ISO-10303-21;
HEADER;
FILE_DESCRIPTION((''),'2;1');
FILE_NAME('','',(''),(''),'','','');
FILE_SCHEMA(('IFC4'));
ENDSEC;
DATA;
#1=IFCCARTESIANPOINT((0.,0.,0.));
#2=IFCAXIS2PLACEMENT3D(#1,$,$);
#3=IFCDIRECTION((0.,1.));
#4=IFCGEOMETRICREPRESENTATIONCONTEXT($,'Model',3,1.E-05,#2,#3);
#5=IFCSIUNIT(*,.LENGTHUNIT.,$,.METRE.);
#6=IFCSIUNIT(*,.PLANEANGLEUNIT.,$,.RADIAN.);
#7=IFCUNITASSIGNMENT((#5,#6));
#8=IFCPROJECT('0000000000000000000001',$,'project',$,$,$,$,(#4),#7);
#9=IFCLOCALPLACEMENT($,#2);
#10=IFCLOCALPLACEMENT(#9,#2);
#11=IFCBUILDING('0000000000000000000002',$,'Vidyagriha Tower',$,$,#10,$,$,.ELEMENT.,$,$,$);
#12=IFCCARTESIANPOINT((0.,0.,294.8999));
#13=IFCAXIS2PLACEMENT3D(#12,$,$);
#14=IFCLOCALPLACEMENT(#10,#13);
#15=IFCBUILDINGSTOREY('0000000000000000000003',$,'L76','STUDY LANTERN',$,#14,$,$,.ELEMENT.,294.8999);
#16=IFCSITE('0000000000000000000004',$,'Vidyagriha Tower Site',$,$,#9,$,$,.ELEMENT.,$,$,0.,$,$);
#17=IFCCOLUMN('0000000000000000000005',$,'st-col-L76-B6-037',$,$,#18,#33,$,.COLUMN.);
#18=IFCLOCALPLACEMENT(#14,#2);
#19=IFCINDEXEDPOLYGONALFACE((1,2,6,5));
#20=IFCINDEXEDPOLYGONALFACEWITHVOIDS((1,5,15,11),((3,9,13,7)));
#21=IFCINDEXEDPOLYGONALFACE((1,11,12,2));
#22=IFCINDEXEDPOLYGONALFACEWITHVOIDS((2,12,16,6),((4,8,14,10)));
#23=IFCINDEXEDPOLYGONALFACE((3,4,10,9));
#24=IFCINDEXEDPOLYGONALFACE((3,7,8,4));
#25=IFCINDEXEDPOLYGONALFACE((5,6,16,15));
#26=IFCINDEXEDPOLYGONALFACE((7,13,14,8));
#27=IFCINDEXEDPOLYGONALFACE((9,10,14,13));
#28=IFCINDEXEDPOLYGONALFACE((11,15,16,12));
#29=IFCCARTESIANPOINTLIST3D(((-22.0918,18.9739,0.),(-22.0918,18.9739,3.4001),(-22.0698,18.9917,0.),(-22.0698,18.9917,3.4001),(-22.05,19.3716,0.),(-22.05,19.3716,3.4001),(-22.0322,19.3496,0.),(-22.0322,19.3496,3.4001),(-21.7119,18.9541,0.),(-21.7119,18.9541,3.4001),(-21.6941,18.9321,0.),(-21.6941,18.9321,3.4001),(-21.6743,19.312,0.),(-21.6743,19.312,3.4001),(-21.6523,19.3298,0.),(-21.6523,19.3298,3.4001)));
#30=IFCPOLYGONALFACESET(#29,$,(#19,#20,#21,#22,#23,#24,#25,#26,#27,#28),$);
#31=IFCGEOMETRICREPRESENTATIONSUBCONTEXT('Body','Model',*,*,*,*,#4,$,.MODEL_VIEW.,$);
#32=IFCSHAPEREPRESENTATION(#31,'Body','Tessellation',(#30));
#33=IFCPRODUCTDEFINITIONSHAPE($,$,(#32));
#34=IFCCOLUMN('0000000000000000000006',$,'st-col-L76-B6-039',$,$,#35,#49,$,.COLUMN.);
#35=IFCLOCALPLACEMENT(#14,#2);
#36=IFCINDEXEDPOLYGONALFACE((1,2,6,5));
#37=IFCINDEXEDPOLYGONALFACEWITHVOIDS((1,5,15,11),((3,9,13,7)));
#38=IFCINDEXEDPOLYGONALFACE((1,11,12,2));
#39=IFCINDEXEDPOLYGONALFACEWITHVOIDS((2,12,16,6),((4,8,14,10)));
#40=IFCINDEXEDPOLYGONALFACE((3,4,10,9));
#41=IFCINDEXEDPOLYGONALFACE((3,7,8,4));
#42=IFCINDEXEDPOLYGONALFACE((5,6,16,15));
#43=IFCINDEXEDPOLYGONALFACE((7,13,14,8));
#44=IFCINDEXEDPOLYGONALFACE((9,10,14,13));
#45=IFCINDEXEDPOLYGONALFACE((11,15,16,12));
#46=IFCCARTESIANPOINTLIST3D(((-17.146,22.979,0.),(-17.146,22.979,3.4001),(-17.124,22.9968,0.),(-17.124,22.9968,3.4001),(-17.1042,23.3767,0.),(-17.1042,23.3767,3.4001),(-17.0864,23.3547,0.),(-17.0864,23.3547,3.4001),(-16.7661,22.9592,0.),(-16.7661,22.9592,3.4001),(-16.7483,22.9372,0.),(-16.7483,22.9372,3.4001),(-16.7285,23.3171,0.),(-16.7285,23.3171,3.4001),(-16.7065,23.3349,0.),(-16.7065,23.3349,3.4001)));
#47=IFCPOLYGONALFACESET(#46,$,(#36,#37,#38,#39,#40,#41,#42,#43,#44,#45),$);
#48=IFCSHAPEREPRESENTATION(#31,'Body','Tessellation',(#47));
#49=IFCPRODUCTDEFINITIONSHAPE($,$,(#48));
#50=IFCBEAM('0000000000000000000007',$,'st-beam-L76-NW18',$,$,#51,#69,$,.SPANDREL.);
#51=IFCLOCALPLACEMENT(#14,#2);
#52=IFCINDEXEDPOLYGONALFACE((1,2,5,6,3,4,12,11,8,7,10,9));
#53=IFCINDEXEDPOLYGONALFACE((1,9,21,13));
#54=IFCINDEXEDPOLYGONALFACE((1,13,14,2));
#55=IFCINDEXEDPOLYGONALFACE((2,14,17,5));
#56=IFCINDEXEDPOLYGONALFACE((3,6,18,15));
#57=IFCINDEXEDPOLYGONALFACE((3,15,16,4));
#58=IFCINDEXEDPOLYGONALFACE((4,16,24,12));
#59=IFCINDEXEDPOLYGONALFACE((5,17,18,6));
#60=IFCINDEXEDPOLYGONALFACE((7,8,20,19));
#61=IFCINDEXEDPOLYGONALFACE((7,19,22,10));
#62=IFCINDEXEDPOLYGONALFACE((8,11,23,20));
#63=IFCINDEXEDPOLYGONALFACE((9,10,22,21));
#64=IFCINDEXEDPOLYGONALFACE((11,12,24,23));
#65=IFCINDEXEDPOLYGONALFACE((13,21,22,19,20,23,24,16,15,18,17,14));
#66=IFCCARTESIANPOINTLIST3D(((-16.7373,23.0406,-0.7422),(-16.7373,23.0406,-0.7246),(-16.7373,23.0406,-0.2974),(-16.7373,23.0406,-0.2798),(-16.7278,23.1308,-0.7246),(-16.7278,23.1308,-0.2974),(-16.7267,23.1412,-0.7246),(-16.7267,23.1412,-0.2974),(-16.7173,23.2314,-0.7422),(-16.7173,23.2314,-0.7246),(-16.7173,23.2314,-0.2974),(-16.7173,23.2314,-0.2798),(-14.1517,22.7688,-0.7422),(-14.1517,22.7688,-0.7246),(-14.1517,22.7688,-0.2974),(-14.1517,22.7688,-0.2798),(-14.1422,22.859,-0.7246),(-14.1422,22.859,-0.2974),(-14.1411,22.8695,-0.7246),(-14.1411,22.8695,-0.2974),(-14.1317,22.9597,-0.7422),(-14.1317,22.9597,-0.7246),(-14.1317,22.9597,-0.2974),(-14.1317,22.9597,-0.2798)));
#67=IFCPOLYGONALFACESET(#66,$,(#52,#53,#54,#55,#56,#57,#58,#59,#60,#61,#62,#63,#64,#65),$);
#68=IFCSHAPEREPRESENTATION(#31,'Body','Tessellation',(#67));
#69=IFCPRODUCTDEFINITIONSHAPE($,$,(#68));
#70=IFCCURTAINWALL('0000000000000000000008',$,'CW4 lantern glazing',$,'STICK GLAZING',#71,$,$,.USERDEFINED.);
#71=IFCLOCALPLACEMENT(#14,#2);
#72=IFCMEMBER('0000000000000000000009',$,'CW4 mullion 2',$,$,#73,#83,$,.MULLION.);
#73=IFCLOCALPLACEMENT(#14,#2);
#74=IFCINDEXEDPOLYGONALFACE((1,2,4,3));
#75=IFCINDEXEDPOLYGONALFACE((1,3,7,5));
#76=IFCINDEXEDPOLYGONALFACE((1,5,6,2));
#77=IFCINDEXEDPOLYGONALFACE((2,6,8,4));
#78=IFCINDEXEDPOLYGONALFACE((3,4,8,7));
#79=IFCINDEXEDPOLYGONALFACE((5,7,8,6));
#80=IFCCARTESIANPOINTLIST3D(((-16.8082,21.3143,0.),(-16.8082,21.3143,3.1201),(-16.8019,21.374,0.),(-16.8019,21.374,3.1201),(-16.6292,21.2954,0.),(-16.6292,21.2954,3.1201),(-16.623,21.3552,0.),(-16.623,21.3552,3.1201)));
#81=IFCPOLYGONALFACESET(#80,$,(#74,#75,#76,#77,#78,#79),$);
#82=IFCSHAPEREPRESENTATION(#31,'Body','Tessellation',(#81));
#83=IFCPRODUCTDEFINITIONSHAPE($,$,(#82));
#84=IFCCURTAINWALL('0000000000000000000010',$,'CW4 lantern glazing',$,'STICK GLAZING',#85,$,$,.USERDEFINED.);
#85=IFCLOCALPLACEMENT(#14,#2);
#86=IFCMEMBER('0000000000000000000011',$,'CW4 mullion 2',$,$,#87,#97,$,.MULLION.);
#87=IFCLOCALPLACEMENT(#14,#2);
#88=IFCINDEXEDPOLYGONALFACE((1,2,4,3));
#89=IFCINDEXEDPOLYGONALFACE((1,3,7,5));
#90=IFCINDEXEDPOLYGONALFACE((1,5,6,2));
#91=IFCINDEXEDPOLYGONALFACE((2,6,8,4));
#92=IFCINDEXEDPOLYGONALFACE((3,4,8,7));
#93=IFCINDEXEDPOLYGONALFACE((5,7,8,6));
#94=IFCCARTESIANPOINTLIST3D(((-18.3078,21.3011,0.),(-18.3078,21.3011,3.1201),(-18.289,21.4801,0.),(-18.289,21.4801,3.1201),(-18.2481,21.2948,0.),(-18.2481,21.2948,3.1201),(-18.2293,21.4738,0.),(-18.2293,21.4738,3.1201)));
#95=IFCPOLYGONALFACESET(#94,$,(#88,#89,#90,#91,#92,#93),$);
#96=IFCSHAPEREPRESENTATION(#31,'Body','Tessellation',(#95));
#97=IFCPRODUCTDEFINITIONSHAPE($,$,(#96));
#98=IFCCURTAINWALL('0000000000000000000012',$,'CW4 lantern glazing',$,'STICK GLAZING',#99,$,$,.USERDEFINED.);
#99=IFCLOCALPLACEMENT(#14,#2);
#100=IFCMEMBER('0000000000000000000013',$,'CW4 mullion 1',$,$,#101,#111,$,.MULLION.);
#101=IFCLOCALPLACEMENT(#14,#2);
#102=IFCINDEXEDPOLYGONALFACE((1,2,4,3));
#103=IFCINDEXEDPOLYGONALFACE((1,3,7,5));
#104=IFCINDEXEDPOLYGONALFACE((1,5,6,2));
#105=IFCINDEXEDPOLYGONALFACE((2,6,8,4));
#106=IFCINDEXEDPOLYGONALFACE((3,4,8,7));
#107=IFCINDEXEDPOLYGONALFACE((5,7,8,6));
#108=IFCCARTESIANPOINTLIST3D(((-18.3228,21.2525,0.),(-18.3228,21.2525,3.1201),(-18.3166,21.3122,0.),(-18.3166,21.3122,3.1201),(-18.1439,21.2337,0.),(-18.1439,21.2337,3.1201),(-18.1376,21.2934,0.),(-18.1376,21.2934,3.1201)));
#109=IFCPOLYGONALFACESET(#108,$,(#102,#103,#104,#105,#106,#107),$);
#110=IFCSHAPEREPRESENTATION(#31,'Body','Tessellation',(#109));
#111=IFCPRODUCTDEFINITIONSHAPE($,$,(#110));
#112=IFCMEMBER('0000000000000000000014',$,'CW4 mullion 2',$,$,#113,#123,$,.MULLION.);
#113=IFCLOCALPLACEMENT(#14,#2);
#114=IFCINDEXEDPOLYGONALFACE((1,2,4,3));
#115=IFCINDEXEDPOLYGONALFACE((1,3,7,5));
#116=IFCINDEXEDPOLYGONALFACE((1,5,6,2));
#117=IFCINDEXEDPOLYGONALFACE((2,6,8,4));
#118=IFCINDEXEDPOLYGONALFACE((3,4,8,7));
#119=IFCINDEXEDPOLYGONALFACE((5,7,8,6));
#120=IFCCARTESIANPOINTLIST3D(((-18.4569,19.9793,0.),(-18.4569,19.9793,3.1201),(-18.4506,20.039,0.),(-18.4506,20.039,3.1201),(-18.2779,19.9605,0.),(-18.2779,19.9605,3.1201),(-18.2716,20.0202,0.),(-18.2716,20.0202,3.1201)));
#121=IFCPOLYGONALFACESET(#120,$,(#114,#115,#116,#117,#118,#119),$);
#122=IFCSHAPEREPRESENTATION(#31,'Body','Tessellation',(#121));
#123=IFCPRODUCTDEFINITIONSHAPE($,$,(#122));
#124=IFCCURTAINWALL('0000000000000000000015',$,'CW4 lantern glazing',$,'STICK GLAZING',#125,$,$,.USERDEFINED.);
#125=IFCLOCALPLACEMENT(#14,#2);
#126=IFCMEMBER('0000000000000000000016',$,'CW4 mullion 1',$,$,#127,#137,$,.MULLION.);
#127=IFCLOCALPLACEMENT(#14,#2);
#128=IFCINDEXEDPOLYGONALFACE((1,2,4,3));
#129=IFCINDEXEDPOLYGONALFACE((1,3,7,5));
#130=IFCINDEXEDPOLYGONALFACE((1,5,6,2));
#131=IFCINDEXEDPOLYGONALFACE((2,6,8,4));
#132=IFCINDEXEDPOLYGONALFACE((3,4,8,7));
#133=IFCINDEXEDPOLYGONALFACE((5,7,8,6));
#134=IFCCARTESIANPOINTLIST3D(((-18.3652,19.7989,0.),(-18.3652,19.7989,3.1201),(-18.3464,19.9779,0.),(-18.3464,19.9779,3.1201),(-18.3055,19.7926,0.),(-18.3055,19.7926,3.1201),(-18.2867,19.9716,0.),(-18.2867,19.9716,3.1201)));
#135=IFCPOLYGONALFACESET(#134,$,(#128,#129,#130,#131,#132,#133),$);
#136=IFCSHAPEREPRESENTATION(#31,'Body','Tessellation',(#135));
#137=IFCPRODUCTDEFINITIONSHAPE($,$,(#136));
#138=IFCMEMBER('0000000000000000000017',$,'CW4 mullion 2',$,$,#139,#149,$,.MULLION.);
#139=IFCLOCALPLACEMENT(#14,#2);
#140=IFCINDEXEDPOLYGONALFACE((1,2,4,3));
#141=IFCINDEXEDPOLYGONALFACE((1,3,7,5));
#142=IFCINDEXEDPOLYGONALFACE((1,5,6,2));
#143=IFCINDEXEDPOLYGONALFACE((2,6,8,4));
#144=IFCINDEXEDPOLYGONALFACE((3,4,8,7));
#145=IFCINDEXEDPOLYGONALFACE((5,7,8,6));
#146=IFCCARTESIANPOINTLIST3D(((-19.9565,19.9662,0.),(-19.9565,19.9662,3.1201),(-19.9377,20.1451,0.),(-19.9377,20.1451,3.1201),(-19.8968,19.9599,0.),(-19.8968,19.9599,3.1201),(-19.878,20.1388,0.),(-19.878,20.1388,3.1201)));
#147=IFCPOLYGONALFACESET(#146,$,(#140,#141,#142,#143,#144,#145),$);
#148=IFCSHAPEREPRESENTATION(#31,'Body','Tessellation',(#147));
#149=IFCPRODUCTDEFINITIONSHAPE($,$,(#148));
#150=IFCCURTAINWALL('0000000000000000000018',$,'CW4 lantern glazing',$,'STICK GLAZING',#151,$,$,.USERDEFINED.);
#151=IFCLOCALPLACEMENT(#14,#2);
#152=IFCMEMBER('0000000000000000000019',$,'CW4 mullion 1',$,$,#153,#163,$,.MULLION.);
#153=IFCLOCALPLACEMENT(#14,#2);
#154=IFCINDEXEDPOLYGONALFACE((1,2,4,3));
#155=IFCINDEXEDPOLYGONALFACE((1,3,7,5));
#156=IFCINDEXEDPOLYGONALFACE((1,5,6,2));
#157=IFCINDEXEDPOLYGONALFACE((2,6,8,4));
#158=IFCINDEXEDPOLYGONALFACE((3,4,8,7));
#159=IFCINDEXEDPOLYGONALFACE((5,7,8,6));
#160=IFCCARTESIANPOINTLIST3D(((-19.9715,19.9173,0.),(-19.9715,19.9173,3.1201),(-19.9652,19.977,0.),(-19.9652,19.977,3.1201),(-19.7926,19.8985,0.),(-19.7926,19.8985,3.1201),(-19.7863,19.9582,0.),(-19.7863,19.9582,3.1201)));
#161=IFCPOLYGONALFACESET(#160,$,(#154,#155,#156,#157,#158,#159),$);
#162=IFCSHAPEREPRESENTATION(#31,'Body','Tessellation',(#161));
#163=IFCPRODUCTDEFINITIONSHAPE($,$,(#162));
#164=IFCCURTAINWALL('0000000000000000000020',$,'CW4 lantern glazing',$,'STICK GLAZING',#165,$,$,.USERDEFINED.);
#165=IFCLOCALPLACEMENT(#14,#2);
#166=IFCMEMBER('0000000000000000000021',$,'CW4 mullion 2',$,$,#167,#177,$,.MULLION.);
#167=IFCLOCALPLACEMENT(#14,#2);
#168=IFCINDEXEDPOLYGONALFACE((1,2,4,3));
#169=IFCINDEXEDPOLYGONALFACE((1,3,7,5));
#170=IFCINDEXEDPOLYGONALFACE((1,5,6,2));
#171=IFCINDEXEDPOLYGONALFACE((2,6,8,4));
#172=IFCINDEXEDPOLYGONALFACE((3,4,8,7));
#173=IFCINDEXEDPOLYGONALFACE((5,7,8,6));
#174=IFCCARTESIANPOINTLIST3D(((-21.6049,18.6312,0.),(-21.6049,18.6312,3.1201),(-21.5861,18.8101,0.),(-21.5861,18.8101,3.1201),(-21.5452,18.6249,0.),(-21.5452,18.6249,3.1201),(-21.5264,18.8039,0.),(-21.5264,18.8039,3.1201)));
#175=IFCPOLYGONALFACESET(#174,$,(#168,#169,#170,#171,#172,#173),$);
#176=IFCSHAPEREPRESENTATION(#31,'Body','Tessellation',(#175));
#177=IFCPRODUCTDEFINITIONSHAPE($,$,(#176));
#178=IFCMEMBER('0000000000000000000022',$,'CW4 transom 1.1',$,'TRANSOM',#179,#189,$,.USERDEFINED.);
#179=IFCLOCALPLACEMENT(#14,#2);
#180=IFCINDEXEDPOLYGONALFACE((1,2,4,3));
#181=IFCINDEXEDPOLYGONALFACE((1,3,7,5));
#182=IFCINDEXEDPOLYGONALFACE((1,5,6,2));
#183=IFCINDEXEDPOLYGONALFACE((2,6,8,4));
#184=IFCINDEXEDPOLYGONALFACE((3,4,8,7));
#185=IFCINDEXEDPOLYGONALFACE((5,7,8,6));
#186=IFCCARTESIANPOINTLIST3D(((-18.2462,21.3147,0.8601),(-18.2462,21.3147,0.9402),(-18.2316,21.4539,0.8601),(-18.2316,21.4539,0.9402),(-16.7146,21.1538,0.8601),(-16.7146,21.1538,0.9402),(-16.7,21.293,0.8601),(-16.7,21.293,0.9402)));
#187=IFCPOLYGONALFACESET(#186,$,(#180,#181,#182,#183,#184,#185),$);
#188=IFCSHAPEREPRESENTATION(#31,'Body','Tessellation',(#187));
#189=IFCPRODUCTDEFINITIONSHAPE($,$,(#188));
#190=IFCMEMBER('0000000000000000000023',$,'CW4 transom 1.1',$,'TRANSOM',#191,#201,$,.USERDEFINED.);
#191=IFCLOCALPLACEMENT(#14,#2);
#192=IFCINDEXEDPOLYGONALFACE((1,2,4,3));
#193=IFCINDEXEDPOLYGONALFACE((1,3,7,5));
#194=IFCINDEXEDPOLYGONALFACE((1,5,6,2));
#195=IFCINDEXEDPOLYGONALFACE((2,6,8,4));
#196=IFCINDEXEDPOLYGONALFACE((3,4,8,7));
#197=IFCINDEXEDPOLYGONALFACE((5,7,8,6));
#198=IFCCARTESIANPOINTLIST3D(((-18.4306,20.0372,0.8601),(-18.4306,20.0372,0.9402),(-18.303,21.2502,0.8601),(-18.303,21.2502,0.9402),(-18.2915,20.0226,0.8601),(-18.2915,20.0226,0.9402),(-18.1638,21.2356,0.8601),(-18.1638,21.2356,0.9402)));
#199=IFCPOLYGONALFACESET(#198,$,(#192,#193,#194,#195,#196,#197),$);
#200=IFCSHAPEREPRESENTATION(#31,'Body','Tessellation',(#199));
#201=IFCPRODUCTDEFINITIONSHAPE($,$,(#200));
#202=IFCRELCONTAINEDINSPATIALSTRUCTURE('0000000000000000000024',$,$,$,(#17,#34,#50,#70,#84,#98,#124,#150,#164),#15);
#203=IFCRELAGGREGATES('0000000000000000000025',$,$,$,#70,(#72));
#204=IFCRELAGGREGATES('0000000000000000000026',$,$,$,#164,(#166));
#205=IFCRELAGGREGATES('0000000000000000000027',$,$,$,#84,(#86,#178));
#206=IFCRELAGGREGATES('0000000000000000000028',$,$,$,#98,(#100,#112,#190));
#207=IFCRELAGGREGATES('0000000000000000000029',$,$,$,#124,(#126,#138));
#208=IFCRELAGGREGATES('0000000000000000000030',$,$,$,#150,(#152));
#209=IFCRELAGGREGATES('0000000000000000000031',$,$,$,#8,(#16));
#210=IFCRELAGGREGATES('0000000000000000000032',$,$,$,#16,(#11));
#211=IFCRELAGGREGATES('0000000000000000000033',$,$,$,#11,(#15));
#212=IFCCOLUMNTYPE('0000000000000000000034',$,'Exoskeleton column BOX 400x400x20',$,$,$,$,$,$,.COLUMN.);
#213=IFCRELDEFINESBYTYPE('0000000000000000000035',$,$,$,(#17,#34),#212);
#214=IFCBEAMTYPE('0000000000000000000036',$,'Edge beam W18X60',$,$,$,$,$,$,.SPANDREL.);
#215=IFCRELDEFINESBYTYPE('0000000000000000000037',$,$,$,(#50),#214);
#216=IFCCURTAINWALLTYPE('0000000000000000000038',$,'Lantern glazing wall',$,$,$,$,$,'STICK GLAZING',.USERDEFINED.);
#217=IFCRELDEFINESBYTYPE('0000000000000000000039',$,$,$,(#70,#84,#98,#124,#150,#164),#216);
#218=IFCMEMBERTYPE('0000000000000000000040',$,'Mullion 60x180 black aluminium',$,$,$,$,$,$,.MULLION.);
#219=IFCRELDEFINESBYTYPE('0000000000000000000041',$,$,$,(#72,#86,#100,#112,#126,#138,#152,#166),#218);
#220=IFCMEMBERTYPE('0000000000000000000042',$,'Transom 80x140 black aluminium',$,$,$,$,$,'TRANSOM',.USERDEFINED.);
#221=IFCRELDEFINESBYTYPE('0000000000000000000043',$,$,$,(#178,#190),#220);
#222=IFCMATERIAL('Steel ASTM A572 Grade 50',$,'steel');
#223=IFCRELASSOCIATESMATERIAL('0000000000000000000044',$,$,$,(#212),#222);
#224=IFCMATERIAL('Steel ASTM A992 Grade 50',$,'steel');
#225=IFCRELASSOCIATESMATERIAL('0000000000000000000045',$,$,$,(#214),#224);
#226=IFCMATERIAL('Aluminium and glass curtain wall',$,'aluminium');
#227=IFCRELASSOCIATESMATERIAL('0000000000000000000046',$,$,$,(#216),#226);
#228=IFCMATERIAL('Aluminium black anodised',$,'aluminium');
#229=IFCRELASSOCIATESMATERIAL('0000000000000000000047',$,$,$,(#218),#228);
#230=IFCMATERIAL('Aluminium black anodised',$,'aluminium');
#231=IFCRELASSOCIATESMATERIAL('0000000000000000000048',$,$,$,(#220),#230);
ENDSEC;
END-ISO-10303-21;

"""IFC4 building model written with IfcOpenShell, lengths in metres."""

from ifc_helpers import new_model, si_unit, direction, frame, origin, origin_2d, place, context, subcontext, project, spatial, rectangle, hollow_rectangle, i_section, extrude, material, material_profile, profile_set, type_object, element, aggregate, save


model = new_model("IFC4")

# Units and contexts
model_context = context("Model", 3, precision=1e-05, world=origin(), true_north=direction((0.0, 1.0)))
body_context = subcontext(model_context, "Body", "Model", "MODEL_VIEW")
ifc_project = project(units=[si_unit("LENGTHUNIT", "METRE"), si_unit("PLANEANGLEUNIT", "RADIAN")], contexts=[model_context])

# Site, building, storey
site_placement = place(None, origin())
site = spatial("IfcSite", under=ifc_project, at=site_placement, Name="Vidyagriha Tower Site", CompositionType="ELEMENT", RefElevation=0.0)
building_placement = place(site_placement, origin())
building = spatial("IfcBuilding", under=site, at=building_placement, Name="Vidyagriha Tower", CompositionType="ELEMENT")
storey_placement = place(building_placement, frame((0.0, 0.0, 294.8999)))
storey = spatial("IfcBuildingStorey", under=building, at=storey_placement, Name="L76", Description="STUDY LANTERN", CompositionType="ELEMENT", Elevation=294.8999)

# Columns
ifc_material_1 = material(Name="Steel ASTM A572 Grade 50", Category="steel")
ifc_material_profile_1 = material_profile(ifc_material_1, hollow_rectangle(XDim=0.3999, YDim=0.3999, WallThickness=0.02, at=origin_2d()), Name="BOX 400x400x20")
ifc_profile_set_1 = profile_set([ifc_material_profile_1], Name="Steel ASTM A572 Grade 50")
column_type = type_object("IfcColumnType", Name="Exoskeleton column BOX 400x400x20", PredefinedType="COLUMN", material=ifc_profile_set_1)
for number, where, z_axis, x_axis, name in (
    (1, (-21.8721, 19.1519, 0.0), (0.0, 0.0, 1.0), (0.994522, -0.104528, 0.0), "st-col-L76-B6-037"),
    (2, (-16.9263, 23.157, 0.0), (0.0, 0.0, 1.0), (0.994522, -0.104528, 0.0), "st-col-L76-B6-039"),
):
    element("IfcColumn", number, at=place(storey_placement, frame(where, z_axis=z_axis, x_axis=x_axis)), inside=storey, type_object=column_type, Name=name, PredefinedType="COLUMN", context=body_context, shape_type="SweptSolid", body=[
        extrude(hollow_rectangle(XDim=0.3999, YDim=0.3999, WallThickness=0.02, at=origin_2d()), origin(), (0.0, 0.0, 1.0), 3.4001),
    ])

# Beam
ifc_material_2 = material(Name="Steel ASTM A992 Grade 50", Category="steel")
ifc_material_profile_2 = material_profile(ifc_material_2, i_section(OverallWidth=0.1919, OverallDepth=0.4624, WebThickness=0.0105, FlangeThickness=0.0176, at=origin_2d()), Name="W18X60")
ifc_profile_set_2 = profile_set([ifc_material_profile_2], Name="Steel ASTM A992 Grade 50")
beam_type = type_object("IfcBeamType", Name="Edge beam W18X60", PredefinedType="SPANDREL", material=ifc_profile_set_2)
beam_placement = place(storey_placement, frame((-16.7273, 23.136, -0.511), z_axis=(0.994523, -0.104514, 0.0), x_axis=(0.104514, 0.994523, 0.0)))
element("IfcBeam", 3, at=beam_placement, inside=storey, type_object=beam_type, Name="st-beam-L76-NW18", PredefinedType="SPANDREL", context=body_context, shape_type="SweptSolid", body=[
    extrude(i_section(OverallWidth=0.1919, OverallDepth=0.4624, WebThickness=0.0105, FlangeThickness=0.0176, at=origin_2d()), origin(), (0.0, 0.0, 1.0), 2.5999),
])

# Curtain walls, members
ifc_material_3 = material(Name="Aluminium and glass curtain wall", Category="aluminium")
curtain_wall_type = type_object("IfcCurtainWallType", Name="Lantern glazing wall", ElementType="STICK GLAZING", PredefinedType="USERDEFINED", material=ifc_material_3)
curtain_wall_1_placement = place(storey_placement, origin())
curtain_wall_1 = element("IfcCurtainWall", 4, at=curtain_wall_1_placement, inside=storey, type_object=curtain_wall_type, Name="CW4 lantern glazing", ObjectType="STICK GLAZING", PredefinedType="USERDEFINED")
ifc_material_4 = material(Name="Aluminium black anodised", Category="aluminium")
ifc_material_profile_3 = material_profile(ifc_material_4, rectangle(XDim=0.1799, YDim=0.0601, at=origin_2d()), Name="Mullion 60x180 black aluminium")
ifc_profile_set_3 = profile_set([ifc_material_profile_3], Name="Aluminium black anodised")
member_type_1 = type_object("IfcMemberType", Name="Mullion 60x180 black aluminium", PredefinedType="MULLION", material=ifc_profile_set_3)
member_1_placement = place(storey_placement, frame((-16.7156, 21.3347, 0.0), z_axis=(0.0, 0.0, 1.0), x_axis=(0.99452, -0.104549, 0.0)))
member_1 = element("IfcMember", 5, at=member_1_placement, type_object=member_type_1, Name="CW4 mullion 2", PredefinedType="MULLION", context=body_context, shape_type="SweptSolid", body=[
    extrude(rectangle(XDim=0.1799, YDim=0.0601, at=origin_2d()), origin(), (0.0, 0.0, 1.0), 3.1201),
])
aggregate(curtain_wall_1, [member_1])
curtain_wall_2_placement = place(storey_placement, origin())
curtain_wall_2 = element("IfcCurtainWall", 6, at=curtain_wall_2_placement, inside=storey, type_object=curtain_wall_type, Name="CW4 lantern glazing", ObjectType="STICK GLAZING", PredefinedType="USERDEFINED")
member_2_placement = place(storey_placement, frame((-18.2686, 21.3875, 0.0), z_axis=(0.0, 0.0, 1.0), x_axis=(-0.104519, -0.994523, 0.0)))
member_2 = element("IfcMember", 7, at=member_2_placement, type_object=member_type_1, Name="CW4 mullion 2", PredefinedType="MULLION", context=body_context, shape_type="SweptSolid", body=[
    extrude(rectangle(XDim=0.1799, YDim=0.0601, at=origin_2d()), origin(), (0.0, 0.0, 1.0), 3.1201),
])

# Curtain walls, members
curtain_wall_3_placement = place(storey_placement, origin())
curtain_wall_3 = element("IfcCurtainWall", 8, at=curtain_wall_3_placement, inside=storey, type_object=curtain_wall_type, Name="CW4 lantern glazing", ObjectType="STICK GLAZING", PredefinedType="USERDEFINED")
member_3_placement = place(storey_placement, frame((-18.2302, 21.2729, 0.0), z_axis=(0.0, 0.0, 1.0), x_axis=(0.99452, -0.104549, 0.0)))
member_3 = element("IfcMember", 9, at=member_3_placement, type_object=member_type_1, Name="CW4 mullion 1", PredefinedType="MULLION", context=body_context, shape_type="SweptSolid", body=[
    extrude(rectangle(XDim=0.1799, YDim=0.0601, at=origin_2d()), origin(), (0.0, 0.0, 1.0), 3.1201),
])
member_4_placement = place(storey_placement, frame((-18.3643, 19.9998, 0.0), z_axis=(0.0, 0.0, 1.0), x_axis=(0.99452, -0.104549, 0.0)))
member_4 = element("IfcMember", 10, at=member_4_placement, type_object=member_type_1, Name="CW4 mullion 2", PredefinedType="MULLION", context=body_context, shape_type="SweptSolid", body=[
    extrude(rectangle(XDim=0.1799, YDim=0.0601, at=origin_2d()), origin(), (0.0, 0.0, 1.0), 3.1201),
])
curtain_wall_4_placement = place(storey_placement, origin())
curtain_wall_4 = element("IfcCurtainWall", 11, at=curtain_wall_4_placement, inside=storey, type_object=curtain_wall_type, Name="CW4 lantern glazing", ObjectType="STICK GLAZING", PredefinedType="USERDEFINED")
member_5_placement = place(storey_placement, frame((-18.3259, 19.8853, 0.0), z_axis=(0.0, 0.0, 1.0), x_axis=(-0.104512, -0.994524, 0.0)))
member_5 = element("IfcMember", 12, at=member_5_placement, type_object=member_type_1, Name="CW4 mullion 1", PredefinedType="MULLION", context=body_context, shape_type="SweptSolid", body=[
    extrude(rectangle(XDim=0.1799, YDim=0.0601, at=origin_2d()), origin(), (0.0, 0.0, 1.0), 3.1201),
])
member_6_placement = place(storey_placement, frame((-19.9172, 20.0525, 0.0), z_axis=(0.0, 0.0, 1.0), x_axis=(-0.104512, -0.994524, 0.0)))
member_6 = element("IfcMember", 13, at=member_6_placement, type_object=member_type_1, Name="CW4 mullion 2", PredefinedType="MULLION", context=body_context, shape_type="SweptSolid", body=[
    extrude(rectangle(XDim=0.1799, YDim=0.0601, at=origin_2d()), origin(), (0.0, 0.0, 1.0), 3.1201),
])

# Curtain walls, members
curtain_wall_5_placement = place(storey_placement, origin())
curtain_wall_5 = element("IfcCurtainWall", 14, at=curtain_wall_5_placement, inside=storey, type_object=curtain_wall_type, Name="CW4 lantern glazing", ObjectType="STICK GLAZING", PredefinedType="USERDEFINED")
member_7_placement = place(storey_placement, frame((-19.8789, 19.9377, 0.0), z_axis=(0.0, 0.0, 1.0), x_axis=(0.994518, -0.104564, 0.0)))
member_7 = element("IfcMember", 15, at=member_7_placement, type_object=member_type_1, Name="CW4 mullion 1", PredefinedType="MULLION", context=body_context, shape_type="SweptSolid", body=[
    extrude(rectangle(XDim=0.1799, YDim=0.0601, at=origin_2d()), origin(), (0.0, 0.0, 1.0), 3.1201),
])
curtain_wall_6_placement = place(storey_placement, origin())
curtain_wall_6 = element("IfcCurtainWall", 16, at=curtain_wall_6_placement, inside=storey, type_object=curtain_wall_type, Name="CW4 lantern glazing", ObjectType="STICK GLAZING", PredefinedType="USERDEFINED")
member_8_placement = place(storey_placement, frame((-21.5657, 18.7175, 0.0), z_axis=(0.0, 0.0, 1.0), x_axis=(-0.104453, -0.99453, 0.0)))
member_8 = element("IfcMember", 17, at=member_8_placement, type_object=member_type_1, Name="CW4 mullion 2", PredefinedType="MULLION", context=body_context, shape_type="SweptSolid", body=[
    extrude(rectangle(XDim=0.1799, YDim=0.0601, at=origin_2d()), origin(), (0.0, 0.0, 1.0), 3.1201),
])
aggregate(curtain_wall_6, [member_8])

# Members
ifc_material_5 = material(Name="Aluminium black anodised", Category="aluminium")
ifc_material_profile_4 = material_profile(ifc_material_5, rectangle(XDim=0.1399, YDim=0.0801, at=origin_2d()), Name="Transom 80x140 black aluminium")
ifc_profile_set_4 = profile_set([ifc_material_profile_4], Name="Aluminium black anodised")
member_type_2 = type_object("IfcMemberType", Name="Transom 80x140 black aluminium", ElementType="TRANSOM", PredefinedType="USERDEFINED", material=ifc_profile_set_4)
member_9_placement = place(storey_placement, frame((-16.7073, 21.2234, 0.9001), z_axis=(-0.994527, 0.104478, 0.0), x_axis=(-0.104478, -0.994527, 0.0)))
member_9 = element("IfcMember", 18, at=member_9_placement, type_object=member_type_2, Name="CW4 transom 1.1", ObjectType="TRANSOM", PredefinedType="USERDEFINED", context=body_context, shape_type="SweptSolid", body=[
    extrude(rectangle(XDim=0.1399, YDim=0.0801, at=origin_2d()), origin(), (0.0, 0.0, 1.0), 1.54),
])
member_10_placement = place(storey_placement, frame((-18.2334, 21.2429, 0.9001), z_axis=(-0.104674, -0.994507, 0.0), x_axis=(0.994507, -0.104674, 0.0)))
member_10 = element("IfcMember", 19, at=member_10_placement, type_object=member_type_2, Name="CW4 transom 1.1", ObjectType="TRANSOM", PredefinedType="USERDEFINED", context=body_context, shape_type="SweptSolid", body=[
    extrude(rectangle(XDim=0.1399, YDim=0.0801, at=origin_2d()), origin(), (0.0, 0.0, 1.0), 1.2197),
])

aggregate(curtain_wall_2, [member_2, member_9])
aggregate(curtain_wall_3, [member_3, member_4, member_10])
aggregate(curtain_wall_4, [member_5, member_6])
aggregate(curtain_wall_5, [member_7])

save(model, "model.ifc")
